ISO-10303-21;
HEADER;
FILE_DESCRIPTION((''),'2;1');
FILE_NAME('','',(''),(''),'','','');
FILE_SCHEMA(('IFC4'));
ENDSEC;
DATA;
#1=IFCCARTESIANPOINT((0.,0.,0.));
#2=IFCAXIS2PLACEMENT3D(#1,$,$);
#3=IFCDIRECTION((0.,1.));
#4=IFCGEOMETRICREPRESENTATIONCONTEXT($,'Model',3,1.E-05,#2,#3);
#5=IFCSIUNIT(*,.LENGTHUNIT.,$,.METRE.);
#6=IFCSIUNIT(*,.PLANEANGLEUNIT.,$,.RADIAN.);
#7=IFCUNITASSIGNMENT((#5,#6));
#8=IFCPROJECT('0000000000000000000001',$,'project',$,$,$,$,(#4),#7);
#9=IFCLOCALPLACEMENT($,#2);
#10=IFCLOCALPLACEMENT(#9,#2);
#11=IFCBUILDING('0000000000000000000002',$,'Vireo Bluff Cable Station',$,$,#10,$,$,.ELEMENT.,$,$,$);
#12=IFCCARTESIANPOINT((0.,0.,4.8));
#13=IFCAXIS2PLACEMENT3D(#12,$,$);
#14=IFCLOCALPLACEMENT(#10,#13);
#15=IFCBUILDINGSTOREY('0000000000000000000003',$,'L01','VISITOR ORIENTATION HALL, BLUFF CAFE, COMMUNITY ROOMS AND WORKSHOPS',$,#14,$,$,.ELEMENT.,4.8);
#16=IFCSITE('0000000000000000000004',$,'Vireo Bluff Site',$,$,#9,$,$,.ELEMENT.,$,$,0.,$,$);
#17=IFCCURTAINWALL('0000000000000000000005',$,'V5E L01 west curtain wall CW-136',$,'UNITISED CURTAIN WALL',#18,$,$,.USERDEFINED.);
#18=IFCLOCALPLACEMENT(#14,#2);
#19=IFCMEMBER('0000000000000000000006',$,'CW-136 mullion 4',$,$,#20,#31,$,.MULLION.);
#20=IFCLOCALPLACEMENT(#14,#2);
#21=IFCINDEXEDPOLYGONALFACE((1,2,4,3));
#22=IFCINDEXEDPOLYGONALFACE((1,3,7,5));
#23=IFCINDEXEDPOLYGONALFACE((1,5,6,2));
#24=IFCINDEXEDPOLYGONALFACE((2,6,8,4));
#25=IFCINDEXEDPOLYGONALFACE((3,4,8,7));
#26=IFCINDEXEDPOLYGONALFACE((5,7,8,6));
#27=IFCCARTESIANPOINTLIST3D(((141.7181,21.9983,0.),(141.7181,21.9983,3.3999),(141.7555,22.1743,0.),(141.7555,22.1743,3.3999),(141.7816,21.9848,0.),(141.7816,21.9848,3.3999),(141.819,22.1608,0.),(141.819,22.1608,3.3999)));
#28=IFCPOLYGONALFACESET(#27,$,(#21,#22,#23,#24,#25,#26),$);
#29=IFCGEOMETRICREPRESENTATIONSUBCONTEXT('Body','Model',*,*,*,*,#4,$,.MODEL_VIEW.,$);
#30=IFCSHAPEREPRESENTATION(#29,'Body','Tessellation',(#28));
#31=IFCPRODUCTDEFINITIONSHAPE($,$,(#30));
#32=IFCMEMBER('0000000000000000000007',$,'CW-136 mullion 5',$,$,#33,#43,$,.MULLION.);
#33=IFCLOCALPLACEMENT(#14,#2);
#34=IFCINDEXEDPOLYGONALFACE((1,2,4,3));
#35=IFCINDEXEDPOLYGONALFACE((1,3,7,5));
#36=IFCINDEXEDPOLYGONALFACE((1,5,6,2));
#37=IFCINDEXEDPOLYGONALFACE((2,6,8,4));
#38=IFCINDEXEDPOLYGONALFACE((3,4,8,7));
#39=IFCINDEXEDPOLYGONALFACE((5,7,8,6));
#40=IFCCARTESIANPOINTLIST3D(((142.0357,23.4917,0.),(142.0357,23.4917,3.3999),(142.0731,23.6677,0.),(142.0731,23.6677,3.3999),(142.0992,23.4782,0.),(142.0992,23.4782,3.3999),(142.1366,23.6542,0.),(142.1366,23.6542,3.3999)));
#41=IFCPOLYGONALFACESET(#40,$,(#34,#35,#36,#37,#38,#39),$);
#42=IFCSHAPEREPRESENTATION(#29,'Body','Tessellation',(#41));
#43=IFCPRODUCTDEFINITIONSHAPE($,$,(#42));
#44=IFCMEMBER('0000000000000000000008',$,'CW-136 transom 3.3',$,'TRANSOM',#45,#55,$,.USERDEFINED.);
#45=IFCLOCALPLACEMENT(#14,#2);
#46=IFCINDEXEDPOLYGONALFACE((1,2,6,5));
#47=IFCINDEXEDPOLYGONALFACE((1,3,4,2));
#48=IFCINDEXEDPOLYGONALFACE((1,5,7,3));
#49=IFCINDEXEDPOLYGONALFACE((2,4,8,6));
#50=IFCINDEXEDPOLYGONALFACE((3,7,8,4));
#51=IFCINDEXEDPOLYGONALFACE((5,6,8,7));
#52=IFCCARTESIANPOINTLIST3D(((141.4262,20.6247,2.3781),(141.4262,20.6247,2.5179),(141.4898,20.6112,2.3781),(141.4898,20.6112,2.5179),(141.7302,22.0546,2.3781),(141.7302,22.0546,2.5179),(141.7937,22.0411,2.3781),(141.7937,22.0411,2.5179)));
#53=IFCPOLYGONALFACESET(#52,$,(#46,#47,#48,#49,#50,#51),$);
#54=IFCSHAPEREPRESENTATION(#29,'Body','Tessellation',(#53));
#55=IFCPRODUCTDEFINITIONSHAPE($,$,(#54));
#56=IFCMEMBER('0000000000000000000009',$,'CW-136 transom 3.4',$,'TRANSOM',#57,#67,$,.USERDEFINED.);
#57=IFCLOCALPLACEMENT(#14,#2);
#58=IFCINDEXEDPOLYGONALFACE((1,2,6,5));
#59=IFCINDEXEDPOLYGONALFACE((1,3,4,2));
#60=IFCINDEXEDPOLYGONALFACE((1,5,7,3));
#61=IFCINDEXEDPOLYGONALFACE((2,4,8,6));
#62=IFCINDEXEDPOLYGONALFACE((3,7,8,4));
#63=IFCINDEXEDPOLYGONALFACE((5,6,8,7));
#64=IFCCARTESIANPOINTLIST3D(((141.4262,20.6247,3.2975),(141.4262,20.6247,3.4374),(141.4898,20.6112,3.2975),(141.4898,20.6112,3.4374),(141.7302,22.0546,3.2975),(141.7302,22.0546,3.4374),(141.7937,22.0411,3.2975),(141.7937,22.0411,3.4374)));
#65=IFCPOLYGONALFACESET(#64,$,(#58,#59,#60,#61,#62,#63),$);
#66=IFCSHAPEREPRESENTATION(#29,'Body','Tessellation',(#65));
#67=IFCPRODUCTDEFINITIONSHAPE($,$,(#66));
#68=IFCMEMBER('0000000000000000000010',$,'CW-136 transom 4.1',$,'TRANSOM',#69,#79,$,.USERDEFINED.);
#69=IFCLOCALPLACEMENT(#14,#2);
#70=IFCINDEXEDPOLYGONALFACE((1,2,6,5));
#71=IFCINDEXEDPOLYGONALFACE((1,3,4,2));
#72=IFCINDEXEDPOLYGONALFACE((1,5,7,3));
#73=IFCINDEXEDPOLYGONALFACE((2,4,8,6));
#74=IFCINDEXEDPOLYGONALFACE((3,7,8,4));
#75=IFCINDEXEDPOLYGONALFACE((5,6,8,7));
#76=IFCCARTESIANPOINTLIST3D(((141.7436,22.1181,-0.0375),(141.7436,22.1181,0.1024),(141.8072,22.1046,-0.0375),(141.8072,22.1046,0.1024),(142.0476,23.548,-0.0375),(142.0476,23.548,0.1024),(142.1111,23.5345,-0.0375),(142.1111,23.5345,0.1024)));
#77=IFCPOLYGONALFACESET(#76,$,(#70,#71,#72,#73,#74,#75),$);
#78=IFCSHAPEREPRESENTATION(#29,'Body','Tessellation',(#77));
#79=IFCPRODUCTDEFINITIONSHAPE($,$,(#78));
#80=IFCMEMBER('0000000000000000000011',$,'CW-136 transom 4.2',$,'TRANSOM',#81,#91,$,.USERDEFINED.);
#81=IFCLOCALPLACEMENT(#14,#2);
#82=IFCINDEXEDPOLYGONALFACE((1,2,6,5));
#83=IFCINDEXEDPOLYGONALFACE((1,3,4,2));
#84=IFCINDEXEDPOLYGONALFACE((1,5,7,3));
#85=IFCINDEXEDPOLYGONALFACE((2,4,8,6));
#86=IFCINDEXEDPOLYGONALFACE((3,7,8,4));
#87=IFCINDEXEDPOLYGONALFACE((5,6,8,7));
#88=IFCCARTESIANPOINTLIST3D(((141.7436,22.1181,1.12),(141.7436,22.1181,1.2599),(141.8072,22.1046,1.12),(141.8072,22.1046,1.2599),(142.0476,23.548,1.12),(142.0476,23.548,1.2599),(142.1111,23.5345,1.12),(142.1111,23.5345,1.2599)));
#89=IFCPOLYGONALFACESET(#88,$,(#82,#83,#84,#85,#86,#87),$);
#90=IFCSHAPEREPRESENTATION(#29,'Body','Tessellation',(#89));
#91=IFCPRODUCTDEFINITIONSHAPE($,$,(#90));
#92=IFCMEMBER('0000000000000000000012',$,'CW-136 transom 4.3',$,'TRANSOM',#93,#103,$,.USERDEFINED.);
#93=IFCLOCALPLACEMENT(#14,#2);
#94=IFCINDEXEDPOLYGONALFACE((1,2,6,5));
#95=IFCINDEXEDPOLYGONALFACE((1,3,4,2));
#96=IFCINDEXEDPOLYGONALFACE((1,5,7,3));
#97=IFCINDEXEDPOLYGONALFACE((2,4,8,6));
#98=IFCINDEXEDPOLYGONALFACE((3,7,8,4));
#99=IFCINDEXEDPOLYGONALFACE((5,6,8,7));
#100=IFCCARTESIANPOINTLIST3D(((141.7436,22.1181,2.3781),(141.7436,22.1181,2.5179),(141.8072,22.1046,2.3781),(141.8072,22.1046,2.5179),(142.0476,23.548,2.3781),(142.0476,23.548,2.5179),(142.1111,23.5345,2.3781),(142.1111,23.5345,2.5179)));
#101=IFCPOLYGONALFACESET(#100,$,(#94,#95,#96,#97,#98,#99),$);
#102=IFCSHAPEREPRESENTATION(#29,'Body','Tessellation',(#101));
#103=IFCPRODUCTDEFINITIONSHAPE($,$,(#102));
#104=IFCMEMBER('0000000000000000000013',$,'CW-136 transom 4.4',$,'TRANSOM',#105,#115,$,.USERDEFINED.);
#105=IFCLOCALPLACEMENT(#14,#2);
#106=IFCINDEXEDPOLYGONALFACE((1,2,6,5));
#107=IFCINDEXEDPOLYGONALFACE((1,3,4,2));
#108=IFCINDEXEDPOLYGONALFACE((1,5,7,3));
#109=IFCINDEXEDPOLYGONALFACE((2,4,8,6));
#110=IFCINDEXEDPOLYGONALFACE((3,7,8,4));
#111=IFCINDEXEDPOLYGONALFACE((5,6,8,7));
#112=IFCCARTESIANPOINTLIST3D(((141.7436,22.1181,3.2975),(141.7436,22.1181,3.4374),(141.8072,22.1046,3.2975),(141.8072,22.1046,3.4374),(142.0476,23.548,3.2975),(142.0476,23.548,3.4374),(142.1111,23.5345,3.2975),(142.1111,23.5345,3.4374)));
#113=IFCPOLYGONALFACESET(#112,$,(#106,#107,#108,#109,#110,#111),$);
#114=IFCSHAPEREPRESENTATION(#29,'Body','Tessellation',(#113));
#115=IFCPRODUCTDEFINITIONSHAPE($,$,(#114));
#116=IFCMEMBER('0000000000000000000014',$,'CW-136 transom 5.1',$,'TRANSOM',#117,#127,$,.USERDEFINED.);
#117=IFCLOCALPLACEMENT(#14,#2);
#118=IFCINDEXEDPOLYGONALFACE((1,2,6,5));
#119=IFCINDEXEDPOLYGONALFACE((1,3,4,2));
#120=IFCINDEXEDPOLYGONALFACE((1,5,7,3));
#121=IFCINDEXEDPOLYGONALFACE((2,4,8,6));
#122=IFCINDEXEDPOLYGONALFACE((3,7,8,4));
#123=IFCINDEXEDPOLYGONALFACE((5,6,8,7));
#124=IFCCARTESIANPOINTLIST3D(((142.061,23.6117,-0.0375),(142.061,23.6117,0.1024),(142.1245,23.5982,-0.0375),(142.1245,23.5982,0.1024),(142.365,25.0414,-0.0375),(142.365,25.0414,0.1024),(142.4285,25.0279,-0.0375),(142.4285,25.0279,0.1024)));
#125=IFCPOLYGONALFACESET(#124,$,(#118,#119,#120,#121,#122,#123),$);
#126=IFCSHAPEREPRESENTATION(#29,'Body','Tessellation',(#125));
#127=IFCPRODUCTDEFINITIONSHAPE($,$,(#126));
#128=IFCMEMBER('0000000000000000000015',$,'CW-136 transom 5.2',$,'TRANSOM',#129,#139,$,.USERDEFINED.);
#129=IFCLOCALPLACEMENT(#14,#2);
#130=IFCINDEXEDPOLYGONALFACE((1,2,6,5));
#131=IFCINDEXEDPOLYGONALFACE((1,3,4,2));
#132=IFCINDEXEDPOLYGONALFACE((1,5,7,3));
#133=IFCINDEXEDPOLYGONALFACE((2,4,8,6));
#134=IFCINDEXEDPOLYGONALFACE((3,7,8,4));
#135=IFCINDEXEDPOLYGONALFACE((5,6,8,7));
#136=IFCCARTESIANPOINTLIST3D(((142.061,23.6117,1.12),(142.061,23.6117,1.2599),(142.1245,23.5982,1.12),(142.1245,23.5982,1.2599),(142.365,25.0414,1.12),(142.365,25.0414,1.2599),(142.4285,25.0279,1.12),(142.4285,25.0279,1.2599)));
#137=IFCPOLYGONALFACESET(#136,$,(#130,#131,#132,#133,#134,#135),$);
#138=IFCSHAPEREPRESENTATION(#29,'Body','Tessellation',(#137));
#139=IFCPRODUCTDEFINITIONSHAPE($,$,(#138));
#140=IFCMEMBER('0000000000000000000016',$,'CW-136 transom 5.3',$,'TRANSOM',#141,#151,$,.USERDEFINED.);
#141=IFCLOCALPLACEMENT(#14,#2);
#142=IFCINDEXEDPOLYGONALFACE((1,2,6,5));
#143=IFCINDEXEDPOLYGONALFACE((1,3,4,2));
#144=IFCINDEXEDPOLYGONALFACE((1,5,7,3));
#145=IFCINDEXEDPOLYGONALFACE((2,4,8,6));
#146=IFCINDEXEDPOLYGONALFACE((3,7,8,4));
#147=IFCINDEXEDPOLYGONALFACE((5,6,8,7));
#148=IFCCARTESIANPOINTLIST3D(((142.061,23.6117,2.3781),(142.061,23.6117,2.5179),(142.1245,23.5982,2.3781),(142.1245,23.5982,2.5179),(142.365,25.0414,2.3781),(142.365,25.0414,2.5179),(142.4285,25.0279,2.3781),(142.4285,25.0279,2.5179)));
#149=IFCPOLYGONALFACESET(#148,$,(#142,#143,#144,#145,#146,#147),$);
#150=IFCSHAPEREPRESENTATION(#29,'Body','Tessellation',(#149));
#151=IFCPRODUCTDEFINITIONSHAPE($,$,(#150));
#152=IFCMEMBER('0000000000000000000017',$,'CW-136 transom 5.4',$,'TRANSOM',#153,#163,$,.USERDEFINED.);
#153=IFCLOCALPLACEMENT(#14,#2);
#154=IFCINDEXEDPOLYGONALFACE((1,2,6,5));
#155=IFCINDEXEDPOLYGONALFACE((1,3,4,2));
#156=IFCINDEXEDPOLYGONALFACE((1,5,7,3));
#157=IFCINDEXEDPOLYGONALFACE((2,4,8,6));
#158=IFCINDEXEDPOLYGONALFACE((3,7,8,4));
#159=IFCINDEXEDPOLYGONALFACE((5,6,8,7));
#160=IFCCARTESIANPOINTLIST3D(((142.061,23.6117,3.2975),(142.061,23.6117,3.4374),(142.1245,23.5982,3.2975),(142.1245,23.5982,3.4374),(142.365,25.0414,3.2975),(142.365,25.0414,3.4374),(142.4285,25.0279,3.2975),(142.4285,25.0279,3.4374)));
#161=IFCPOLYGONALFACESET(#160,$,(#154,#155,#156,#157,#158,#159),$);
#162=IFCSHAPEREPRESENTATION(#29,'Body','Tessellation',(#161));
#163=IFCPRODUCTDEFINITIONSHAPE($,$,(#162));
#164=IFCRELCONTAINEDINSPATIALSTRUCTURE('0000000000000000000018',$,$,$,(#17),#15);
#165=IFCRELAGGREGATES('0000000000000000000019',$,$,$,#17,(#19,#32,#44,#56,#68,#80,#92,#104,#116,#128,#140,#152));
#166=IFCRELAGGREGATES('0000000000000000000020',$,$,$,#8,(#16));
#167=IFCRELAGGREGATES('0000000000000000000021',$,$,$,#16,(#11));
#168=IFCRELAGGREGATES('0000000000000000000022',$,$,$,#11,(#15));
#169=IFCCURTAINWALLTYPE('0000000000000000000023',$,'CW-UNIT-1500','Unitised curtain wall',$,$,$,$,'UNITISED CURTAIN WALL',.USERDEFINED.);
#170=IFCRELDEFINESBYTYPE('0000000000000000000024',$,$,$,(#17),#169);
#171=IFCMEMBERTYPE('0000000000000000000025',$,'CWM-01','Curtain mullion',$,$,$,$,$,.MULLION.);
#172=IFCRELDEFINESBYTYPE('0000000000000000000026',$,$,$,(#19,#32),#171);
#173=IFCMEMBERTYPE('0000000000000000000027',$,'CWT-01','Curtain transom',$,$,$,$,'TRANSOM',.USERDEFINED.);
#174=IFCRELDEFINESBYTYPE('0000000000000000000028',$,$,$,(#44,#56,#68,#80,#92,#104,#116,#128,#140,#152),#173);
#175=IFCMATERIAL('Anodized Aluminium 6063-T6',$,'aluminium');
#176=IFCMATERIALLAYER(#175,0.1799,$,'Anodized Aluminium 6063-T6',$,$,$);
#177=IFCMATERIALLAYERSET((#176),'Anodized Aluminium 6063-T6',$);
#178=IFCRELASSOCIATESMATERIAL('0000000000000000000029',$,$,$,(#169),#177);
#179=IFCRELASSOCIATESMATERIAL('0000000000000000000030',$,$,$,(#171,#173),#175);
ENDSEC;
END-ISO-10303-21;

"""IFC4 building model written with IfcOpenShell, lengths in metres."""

from ifc_helpers import new_model, si_unit, direction, frame, origin, origin_2d, place, context, subcontext, project, spatial, rectangle, extrude, material, layer, layer_set, material_profile, profile_set, type_object, element, aggregate, save


model = new_model("IFC4")

# Units and contexts
model_context = context("Model", 3, precision=1e-05, world=origin(), true_north=direction((0.0, 1.0)))
body_context = subcontext(model_context, "Body", "Model", "MODEL_VIEW")
ifc_project = project(units=[si_unit("LENGTHUNIT", "METRE"), si_unit("PLANEANGLEUNIT", "RADIAN")], contexts=[model_context])

# Site, building, storey
site_placement = place(None, origin())
site = spatial("IfcSite", under=ifc_project, at=site_placement, Name="Vireo Bluff Site", CompositionType="ELEMENT", RefElevation=0.0)
building_placement = place(site_placement, origin())
building = spatial("IfcBuilding", under=site, at=building_placement, Name="Vireo Bluff Cable Station", CompositionType="ELEMENT")
storey_placement = place(building_placement, frame((0.0, 0.0, 4.8)))
storey = spatial("IfcBuildingStorey", under=building, at=storey_placement, Name="L01", Description="VISITOR ORIENTATION HALL, BLUFF CAFE, COMMUNITY ROOMS AND WORKSHOPS", CompositionType="ELEMENT", Elevation=4.8)

# Curtain wall, members
ifc_material_1 = material(Name="Anodized Aluminium 6063-T6", Category="aluminium")
ifc_layer_1 = layer(ifc_material_1, 0.1799, Name="Anodized Aluminium 6063-T6")
ifc_layer_set_1 = layer_set([ifc_layer_1], Name="Anodized Aluminium 6063-T6")
curtain_wall_type = type_object("IfcCurtainWallType", Name="CW-UNIT-1500", Description="Unitised curtain wall", ElementType="UNITISED CURTAIN WALL", PredefinedType="USERDEFINED", material=ifc_layer_set_1)
curtain_wall_placement = place(storey_placement, origin())
curtain_wall = element("IfcCurtainWall", 1, at=curtain_wall_placement, inside=storey, type_object=curtain_wall_type, Name="V5E L01 west curtain wall CW-136", ObjectType="UNITISED CURTAIN WALL", PredefinedType="USERDEFINED")
ifc_material_profile_1 = material_profile(ifc_material_1, rectangle(XDim=0.0649, YDim=0.1799, at=origin_2d()), Name="ALU-M-65X180")
ifc_profile_set_1 = profile_set([ifc_material_profile_1], Name="Anodized Aluminium 6063-T6")
member_type_1 = type_object("IfcMemberType", Name="CWM-01", Description="Curtain mullion", PredefinedType="MULLION", material=ifc_profile_set_1)
member_1_placement = place(storey_placement, frame((141.7686, 22.0796, 0.0), z_axis=(0.0, 0.0, 1.0), x_axis=(-0.978148, 0.207912, 0.0)))
member_1 = element("IfcMember", 2, at=member_1_placement, type_object=member_type_1, Name="CW-136 mullion 4", PredefinedType="MULLION", context=body_context, shape_type="SweptSolid", body=[
    extrude(rectangle(XDim=0.0649, YDim=0.1799, at=origin_2d()), origin(), (0.0, 0.0, 1.0), 3.3999),
])
member_2_placement = place(storey_placement, frame((142.0862, 23.573, 0.0), z_axis=(0.0, 0.0, 1.0), x_axis=(-0.978148, 0.207912, 0.0)))
member_2 = element("IfcMember", 3, at=member_2_placement, type_object=member_type_1, Name="CW-136 mullion 5", PredefinedType="MULLION", context=body_context, shape_type="SweptSolid", body=[
    extrude(rectangle(XDim=0.0649, YDim=0.1799, at=origin_2d()), origin(), (0.0, 0.0, 1.0), 3.3999),
])
ifc_material_profile_2 = material_profile(ifc_material_1, rectangle(XDim=0.0649, YDim=0.1399, at=origin_2d()), Name="ALU-T-65X140")
ifc_profile_set_2 = profile_set([ifc_material_profile_2], Name="Anodized Aluminium 6063-T6")
member_type_2 = type_object("IfcMemberType", Name="CWT-01", Description="Curtain transom", ElementType="TRANSOM", PredefinedType="USERDEFINED", material=ifc_profile_set_2)
member_3_placement = place(storey_placement, frame((141.458, 20.6179, 2.448), z_axis=(0.207921, 0.978146, 0.0), x_axis=(-0.978146, 0.207921, 0.0)))
member_3 = element("IfcMember", 4, at=member_3_placement, type_object=member_type_2, Name="CW-136 transom 3.3", ObjectType="TRANSOM", PredefinedType="USERDEFINED", context=body_context, shape_type="SweptSolid", body=[
    extrude(rectangle(XDim=0.0649, YDim=0.1399, at=origin_2d()), origin(), (0.0, 0.0, 1.0), 1.4619),
])
member_4_placement = place(storey_placement, frame((141.458, 20.6179, 3.3674), z_axis=(0.207921, 0.978146, 0.0), x_axis=(-0.978146, 0.207921, 0.0)))
member_4 = element("IfcMember", 5, at=member_4_placement, type_object=member_type_2, Name="CW-136 transom 3.4", ObjectType="TRANSOM", PredefinedType="USERDEFINED", context=body_context, shape_type="SweptSolid", body=[
    extrude(rectangle(XDim=0.0649, YDim=0.1399, at=origin_2d()), origin(), (0.0, 0.0, 1.0), 1.4619),
])
member_5_placement = place(storey_placement, frame((141.7754, 22.1113, 0.0325), z_axis=(0.207921, 0.978146, 0.0), x_axis=(-0.978146, 0.207921, 0.0)))
member_5 = element("IfcMember", 6, at=member_5_placement, type_object=member_type_2, Name="CW-136 transom 4.1", ObjectType="TRANSOM", PredefinedType="USERDEFINED", context=body_context, shape_type="SweptSolid", body=[
    extrude(rectangle(XDim=0.0649, YDim=0.1399, at=origin_2d()), origin(), (0.0, 0.0, 1.0), 1.4619),
])
member_6_placement = place(storey_placement, frame((141.7754, 22.1113, 1.1899), z_axis=(0.207921, 0.978146, 0.0), x_axis=(-0.978146, 0.207921, 0.0)))
member_6 = element("IfcMember", 7, at=member_6_placement, type_object=member_type_2, Name="CW-136 transom 4.2", ObjectType="TRANSOM", PredefinedType="USERDEFINED", context=body_context, shape_type="SweptSolid", body=[
    extrude(rectangle(XDim=0.0649, YDim=0.1399, at=origin_2d()), origin(), (0.0, 0.0, 1.0), 1.4619),
])
member_7_placement = place(storey_placement, frame((141.7754, 22.1113, 2.448), z_axis=(0.207921, 0.978146, 0.0), x_axis=(-0.978146, 0.207921, 0.0)))
member_7 = element("IfcMember", 8, at=member_7_placement, type_object=member_type_2, Name="CW-136 transom 4.3", ObjectType="TRANSOM", PredefinedType="USERDEFINED", context=body_context, shape_type="SweptSolid", body=[
    extrude(rectangle(XDim=0.0649, YDim=0.1399, at=origin_2d()), origin(), (0.0, 0.0, 1.0), 1.4619),
])
member_8_placement = place(storey_placement, frame((141.7754, 22.1113, 3.3674), z_axis=(0.207921, 0.978146, 0.0), x_axis=(-0.978146, 0.207921, 0.0)))
member_8 = element("IfcMember", 9, at=member_8_placement, type_object=member_type_2, Name="CW-136 transom 4.4", ObjectType="TRANSOM", PredefinedType="USERDEFINED", context=body_context, shape_type="SweptSolid", body=[
    extrude(rectangle(XDim=0.0649, YDim=0.1399, at=origin_2d()), origin(), (0.0, 0.0, 1.0), 1.4619),
])
member_9_placement = place(storey_placement, frame((142.0928, 23.605, 0.0325), z_axis=(0.207955, 0.978138, 0.0), x_axis=(-0.978138, 0.207955, 0.0)))
member_9 = element("IfcMember", 10, at=member_9_placement, type_object=member_type_2, Name="CW-136 transom 5.1", ObjectType="TRANSOM", PredefinedType="USERDEFINED", context=body_context, shape_type="SweptSolid", body=[
    extrude(rectangle(XDim=0.0649, YDim=0.1399, at=origin_2d()), origin(), (0.0, 0.0, 1.0), 1.4617),
])
member_10_placement = place(storey_placement, frame((142.0928, 23.605, 1.1899), z_axis=(0.207955, 0.978138, 0.0), x_axis=(-0.978138, 0.207955, 0.0)))
member_10 = element("IfcMember", 11, at=member_10_placement, type_object=member_type_2, Name="CW-136 transom 5.2", ObjectType="TRANSOM", PredefinedType="USERDEFINED", context=body_context, shape_type="SweptSolid", body=[
    extrude(rectangle(XDim=0.0649, YDim=0.1399, at=origin_2d()), origin(), (0.0, 0.0, 1.0), 1.4617),
])
member_11_placement = place(storey_placement, frame((142.0928, 23.605, 2.448), z_axis=(0.207955, 0.978138, 0.0), x_axis=(-0.978138, 0.207955, 0.0)))
member_11 = element("IfcMember", 12, at=member_11_placement, type_object=member_type_2, Name="CW-136 transom 5.3", ObjectType="TRANSOM", PredefinedType="USERDEFINED", context=body_context, shape_type="SweptSolid", body=[
    extrude(rectangle(XDim=0.0649, YDim=0.1399, at=origin_2d()), origin(), (0.0, 0.0, 1.0), 1.4617),
])
member_12_placement = place(storey_placement, frame((142.0928, 23.605, 3.3674), z_axis=(0.207955, 0.978138, 0.0), x_axis=(-0.978138, 0.207955, 0.0)))
member_12 = element("IfcMember", 13, at=member_12_placement, type_object=member_type_2, Name="CW-136 transom 5.4", ObjectType="TRANSOM", PredefinedType="USERDEFINED", context=body_context, shape_type="SweptSolid", body=[
    extrude(rectangle(XDim=0.0649, YDim=0.1399, at=origin_2d()), origin(), (0.0, 0.0, 1.0), 1.4617),
])

aggregate(curtain_wall, [member_1, member_2, member_3, member_4, member_5, member_6, member_7, member_8, member_9, member_10, member_11, member_12])

save(model, "model.ifc")
